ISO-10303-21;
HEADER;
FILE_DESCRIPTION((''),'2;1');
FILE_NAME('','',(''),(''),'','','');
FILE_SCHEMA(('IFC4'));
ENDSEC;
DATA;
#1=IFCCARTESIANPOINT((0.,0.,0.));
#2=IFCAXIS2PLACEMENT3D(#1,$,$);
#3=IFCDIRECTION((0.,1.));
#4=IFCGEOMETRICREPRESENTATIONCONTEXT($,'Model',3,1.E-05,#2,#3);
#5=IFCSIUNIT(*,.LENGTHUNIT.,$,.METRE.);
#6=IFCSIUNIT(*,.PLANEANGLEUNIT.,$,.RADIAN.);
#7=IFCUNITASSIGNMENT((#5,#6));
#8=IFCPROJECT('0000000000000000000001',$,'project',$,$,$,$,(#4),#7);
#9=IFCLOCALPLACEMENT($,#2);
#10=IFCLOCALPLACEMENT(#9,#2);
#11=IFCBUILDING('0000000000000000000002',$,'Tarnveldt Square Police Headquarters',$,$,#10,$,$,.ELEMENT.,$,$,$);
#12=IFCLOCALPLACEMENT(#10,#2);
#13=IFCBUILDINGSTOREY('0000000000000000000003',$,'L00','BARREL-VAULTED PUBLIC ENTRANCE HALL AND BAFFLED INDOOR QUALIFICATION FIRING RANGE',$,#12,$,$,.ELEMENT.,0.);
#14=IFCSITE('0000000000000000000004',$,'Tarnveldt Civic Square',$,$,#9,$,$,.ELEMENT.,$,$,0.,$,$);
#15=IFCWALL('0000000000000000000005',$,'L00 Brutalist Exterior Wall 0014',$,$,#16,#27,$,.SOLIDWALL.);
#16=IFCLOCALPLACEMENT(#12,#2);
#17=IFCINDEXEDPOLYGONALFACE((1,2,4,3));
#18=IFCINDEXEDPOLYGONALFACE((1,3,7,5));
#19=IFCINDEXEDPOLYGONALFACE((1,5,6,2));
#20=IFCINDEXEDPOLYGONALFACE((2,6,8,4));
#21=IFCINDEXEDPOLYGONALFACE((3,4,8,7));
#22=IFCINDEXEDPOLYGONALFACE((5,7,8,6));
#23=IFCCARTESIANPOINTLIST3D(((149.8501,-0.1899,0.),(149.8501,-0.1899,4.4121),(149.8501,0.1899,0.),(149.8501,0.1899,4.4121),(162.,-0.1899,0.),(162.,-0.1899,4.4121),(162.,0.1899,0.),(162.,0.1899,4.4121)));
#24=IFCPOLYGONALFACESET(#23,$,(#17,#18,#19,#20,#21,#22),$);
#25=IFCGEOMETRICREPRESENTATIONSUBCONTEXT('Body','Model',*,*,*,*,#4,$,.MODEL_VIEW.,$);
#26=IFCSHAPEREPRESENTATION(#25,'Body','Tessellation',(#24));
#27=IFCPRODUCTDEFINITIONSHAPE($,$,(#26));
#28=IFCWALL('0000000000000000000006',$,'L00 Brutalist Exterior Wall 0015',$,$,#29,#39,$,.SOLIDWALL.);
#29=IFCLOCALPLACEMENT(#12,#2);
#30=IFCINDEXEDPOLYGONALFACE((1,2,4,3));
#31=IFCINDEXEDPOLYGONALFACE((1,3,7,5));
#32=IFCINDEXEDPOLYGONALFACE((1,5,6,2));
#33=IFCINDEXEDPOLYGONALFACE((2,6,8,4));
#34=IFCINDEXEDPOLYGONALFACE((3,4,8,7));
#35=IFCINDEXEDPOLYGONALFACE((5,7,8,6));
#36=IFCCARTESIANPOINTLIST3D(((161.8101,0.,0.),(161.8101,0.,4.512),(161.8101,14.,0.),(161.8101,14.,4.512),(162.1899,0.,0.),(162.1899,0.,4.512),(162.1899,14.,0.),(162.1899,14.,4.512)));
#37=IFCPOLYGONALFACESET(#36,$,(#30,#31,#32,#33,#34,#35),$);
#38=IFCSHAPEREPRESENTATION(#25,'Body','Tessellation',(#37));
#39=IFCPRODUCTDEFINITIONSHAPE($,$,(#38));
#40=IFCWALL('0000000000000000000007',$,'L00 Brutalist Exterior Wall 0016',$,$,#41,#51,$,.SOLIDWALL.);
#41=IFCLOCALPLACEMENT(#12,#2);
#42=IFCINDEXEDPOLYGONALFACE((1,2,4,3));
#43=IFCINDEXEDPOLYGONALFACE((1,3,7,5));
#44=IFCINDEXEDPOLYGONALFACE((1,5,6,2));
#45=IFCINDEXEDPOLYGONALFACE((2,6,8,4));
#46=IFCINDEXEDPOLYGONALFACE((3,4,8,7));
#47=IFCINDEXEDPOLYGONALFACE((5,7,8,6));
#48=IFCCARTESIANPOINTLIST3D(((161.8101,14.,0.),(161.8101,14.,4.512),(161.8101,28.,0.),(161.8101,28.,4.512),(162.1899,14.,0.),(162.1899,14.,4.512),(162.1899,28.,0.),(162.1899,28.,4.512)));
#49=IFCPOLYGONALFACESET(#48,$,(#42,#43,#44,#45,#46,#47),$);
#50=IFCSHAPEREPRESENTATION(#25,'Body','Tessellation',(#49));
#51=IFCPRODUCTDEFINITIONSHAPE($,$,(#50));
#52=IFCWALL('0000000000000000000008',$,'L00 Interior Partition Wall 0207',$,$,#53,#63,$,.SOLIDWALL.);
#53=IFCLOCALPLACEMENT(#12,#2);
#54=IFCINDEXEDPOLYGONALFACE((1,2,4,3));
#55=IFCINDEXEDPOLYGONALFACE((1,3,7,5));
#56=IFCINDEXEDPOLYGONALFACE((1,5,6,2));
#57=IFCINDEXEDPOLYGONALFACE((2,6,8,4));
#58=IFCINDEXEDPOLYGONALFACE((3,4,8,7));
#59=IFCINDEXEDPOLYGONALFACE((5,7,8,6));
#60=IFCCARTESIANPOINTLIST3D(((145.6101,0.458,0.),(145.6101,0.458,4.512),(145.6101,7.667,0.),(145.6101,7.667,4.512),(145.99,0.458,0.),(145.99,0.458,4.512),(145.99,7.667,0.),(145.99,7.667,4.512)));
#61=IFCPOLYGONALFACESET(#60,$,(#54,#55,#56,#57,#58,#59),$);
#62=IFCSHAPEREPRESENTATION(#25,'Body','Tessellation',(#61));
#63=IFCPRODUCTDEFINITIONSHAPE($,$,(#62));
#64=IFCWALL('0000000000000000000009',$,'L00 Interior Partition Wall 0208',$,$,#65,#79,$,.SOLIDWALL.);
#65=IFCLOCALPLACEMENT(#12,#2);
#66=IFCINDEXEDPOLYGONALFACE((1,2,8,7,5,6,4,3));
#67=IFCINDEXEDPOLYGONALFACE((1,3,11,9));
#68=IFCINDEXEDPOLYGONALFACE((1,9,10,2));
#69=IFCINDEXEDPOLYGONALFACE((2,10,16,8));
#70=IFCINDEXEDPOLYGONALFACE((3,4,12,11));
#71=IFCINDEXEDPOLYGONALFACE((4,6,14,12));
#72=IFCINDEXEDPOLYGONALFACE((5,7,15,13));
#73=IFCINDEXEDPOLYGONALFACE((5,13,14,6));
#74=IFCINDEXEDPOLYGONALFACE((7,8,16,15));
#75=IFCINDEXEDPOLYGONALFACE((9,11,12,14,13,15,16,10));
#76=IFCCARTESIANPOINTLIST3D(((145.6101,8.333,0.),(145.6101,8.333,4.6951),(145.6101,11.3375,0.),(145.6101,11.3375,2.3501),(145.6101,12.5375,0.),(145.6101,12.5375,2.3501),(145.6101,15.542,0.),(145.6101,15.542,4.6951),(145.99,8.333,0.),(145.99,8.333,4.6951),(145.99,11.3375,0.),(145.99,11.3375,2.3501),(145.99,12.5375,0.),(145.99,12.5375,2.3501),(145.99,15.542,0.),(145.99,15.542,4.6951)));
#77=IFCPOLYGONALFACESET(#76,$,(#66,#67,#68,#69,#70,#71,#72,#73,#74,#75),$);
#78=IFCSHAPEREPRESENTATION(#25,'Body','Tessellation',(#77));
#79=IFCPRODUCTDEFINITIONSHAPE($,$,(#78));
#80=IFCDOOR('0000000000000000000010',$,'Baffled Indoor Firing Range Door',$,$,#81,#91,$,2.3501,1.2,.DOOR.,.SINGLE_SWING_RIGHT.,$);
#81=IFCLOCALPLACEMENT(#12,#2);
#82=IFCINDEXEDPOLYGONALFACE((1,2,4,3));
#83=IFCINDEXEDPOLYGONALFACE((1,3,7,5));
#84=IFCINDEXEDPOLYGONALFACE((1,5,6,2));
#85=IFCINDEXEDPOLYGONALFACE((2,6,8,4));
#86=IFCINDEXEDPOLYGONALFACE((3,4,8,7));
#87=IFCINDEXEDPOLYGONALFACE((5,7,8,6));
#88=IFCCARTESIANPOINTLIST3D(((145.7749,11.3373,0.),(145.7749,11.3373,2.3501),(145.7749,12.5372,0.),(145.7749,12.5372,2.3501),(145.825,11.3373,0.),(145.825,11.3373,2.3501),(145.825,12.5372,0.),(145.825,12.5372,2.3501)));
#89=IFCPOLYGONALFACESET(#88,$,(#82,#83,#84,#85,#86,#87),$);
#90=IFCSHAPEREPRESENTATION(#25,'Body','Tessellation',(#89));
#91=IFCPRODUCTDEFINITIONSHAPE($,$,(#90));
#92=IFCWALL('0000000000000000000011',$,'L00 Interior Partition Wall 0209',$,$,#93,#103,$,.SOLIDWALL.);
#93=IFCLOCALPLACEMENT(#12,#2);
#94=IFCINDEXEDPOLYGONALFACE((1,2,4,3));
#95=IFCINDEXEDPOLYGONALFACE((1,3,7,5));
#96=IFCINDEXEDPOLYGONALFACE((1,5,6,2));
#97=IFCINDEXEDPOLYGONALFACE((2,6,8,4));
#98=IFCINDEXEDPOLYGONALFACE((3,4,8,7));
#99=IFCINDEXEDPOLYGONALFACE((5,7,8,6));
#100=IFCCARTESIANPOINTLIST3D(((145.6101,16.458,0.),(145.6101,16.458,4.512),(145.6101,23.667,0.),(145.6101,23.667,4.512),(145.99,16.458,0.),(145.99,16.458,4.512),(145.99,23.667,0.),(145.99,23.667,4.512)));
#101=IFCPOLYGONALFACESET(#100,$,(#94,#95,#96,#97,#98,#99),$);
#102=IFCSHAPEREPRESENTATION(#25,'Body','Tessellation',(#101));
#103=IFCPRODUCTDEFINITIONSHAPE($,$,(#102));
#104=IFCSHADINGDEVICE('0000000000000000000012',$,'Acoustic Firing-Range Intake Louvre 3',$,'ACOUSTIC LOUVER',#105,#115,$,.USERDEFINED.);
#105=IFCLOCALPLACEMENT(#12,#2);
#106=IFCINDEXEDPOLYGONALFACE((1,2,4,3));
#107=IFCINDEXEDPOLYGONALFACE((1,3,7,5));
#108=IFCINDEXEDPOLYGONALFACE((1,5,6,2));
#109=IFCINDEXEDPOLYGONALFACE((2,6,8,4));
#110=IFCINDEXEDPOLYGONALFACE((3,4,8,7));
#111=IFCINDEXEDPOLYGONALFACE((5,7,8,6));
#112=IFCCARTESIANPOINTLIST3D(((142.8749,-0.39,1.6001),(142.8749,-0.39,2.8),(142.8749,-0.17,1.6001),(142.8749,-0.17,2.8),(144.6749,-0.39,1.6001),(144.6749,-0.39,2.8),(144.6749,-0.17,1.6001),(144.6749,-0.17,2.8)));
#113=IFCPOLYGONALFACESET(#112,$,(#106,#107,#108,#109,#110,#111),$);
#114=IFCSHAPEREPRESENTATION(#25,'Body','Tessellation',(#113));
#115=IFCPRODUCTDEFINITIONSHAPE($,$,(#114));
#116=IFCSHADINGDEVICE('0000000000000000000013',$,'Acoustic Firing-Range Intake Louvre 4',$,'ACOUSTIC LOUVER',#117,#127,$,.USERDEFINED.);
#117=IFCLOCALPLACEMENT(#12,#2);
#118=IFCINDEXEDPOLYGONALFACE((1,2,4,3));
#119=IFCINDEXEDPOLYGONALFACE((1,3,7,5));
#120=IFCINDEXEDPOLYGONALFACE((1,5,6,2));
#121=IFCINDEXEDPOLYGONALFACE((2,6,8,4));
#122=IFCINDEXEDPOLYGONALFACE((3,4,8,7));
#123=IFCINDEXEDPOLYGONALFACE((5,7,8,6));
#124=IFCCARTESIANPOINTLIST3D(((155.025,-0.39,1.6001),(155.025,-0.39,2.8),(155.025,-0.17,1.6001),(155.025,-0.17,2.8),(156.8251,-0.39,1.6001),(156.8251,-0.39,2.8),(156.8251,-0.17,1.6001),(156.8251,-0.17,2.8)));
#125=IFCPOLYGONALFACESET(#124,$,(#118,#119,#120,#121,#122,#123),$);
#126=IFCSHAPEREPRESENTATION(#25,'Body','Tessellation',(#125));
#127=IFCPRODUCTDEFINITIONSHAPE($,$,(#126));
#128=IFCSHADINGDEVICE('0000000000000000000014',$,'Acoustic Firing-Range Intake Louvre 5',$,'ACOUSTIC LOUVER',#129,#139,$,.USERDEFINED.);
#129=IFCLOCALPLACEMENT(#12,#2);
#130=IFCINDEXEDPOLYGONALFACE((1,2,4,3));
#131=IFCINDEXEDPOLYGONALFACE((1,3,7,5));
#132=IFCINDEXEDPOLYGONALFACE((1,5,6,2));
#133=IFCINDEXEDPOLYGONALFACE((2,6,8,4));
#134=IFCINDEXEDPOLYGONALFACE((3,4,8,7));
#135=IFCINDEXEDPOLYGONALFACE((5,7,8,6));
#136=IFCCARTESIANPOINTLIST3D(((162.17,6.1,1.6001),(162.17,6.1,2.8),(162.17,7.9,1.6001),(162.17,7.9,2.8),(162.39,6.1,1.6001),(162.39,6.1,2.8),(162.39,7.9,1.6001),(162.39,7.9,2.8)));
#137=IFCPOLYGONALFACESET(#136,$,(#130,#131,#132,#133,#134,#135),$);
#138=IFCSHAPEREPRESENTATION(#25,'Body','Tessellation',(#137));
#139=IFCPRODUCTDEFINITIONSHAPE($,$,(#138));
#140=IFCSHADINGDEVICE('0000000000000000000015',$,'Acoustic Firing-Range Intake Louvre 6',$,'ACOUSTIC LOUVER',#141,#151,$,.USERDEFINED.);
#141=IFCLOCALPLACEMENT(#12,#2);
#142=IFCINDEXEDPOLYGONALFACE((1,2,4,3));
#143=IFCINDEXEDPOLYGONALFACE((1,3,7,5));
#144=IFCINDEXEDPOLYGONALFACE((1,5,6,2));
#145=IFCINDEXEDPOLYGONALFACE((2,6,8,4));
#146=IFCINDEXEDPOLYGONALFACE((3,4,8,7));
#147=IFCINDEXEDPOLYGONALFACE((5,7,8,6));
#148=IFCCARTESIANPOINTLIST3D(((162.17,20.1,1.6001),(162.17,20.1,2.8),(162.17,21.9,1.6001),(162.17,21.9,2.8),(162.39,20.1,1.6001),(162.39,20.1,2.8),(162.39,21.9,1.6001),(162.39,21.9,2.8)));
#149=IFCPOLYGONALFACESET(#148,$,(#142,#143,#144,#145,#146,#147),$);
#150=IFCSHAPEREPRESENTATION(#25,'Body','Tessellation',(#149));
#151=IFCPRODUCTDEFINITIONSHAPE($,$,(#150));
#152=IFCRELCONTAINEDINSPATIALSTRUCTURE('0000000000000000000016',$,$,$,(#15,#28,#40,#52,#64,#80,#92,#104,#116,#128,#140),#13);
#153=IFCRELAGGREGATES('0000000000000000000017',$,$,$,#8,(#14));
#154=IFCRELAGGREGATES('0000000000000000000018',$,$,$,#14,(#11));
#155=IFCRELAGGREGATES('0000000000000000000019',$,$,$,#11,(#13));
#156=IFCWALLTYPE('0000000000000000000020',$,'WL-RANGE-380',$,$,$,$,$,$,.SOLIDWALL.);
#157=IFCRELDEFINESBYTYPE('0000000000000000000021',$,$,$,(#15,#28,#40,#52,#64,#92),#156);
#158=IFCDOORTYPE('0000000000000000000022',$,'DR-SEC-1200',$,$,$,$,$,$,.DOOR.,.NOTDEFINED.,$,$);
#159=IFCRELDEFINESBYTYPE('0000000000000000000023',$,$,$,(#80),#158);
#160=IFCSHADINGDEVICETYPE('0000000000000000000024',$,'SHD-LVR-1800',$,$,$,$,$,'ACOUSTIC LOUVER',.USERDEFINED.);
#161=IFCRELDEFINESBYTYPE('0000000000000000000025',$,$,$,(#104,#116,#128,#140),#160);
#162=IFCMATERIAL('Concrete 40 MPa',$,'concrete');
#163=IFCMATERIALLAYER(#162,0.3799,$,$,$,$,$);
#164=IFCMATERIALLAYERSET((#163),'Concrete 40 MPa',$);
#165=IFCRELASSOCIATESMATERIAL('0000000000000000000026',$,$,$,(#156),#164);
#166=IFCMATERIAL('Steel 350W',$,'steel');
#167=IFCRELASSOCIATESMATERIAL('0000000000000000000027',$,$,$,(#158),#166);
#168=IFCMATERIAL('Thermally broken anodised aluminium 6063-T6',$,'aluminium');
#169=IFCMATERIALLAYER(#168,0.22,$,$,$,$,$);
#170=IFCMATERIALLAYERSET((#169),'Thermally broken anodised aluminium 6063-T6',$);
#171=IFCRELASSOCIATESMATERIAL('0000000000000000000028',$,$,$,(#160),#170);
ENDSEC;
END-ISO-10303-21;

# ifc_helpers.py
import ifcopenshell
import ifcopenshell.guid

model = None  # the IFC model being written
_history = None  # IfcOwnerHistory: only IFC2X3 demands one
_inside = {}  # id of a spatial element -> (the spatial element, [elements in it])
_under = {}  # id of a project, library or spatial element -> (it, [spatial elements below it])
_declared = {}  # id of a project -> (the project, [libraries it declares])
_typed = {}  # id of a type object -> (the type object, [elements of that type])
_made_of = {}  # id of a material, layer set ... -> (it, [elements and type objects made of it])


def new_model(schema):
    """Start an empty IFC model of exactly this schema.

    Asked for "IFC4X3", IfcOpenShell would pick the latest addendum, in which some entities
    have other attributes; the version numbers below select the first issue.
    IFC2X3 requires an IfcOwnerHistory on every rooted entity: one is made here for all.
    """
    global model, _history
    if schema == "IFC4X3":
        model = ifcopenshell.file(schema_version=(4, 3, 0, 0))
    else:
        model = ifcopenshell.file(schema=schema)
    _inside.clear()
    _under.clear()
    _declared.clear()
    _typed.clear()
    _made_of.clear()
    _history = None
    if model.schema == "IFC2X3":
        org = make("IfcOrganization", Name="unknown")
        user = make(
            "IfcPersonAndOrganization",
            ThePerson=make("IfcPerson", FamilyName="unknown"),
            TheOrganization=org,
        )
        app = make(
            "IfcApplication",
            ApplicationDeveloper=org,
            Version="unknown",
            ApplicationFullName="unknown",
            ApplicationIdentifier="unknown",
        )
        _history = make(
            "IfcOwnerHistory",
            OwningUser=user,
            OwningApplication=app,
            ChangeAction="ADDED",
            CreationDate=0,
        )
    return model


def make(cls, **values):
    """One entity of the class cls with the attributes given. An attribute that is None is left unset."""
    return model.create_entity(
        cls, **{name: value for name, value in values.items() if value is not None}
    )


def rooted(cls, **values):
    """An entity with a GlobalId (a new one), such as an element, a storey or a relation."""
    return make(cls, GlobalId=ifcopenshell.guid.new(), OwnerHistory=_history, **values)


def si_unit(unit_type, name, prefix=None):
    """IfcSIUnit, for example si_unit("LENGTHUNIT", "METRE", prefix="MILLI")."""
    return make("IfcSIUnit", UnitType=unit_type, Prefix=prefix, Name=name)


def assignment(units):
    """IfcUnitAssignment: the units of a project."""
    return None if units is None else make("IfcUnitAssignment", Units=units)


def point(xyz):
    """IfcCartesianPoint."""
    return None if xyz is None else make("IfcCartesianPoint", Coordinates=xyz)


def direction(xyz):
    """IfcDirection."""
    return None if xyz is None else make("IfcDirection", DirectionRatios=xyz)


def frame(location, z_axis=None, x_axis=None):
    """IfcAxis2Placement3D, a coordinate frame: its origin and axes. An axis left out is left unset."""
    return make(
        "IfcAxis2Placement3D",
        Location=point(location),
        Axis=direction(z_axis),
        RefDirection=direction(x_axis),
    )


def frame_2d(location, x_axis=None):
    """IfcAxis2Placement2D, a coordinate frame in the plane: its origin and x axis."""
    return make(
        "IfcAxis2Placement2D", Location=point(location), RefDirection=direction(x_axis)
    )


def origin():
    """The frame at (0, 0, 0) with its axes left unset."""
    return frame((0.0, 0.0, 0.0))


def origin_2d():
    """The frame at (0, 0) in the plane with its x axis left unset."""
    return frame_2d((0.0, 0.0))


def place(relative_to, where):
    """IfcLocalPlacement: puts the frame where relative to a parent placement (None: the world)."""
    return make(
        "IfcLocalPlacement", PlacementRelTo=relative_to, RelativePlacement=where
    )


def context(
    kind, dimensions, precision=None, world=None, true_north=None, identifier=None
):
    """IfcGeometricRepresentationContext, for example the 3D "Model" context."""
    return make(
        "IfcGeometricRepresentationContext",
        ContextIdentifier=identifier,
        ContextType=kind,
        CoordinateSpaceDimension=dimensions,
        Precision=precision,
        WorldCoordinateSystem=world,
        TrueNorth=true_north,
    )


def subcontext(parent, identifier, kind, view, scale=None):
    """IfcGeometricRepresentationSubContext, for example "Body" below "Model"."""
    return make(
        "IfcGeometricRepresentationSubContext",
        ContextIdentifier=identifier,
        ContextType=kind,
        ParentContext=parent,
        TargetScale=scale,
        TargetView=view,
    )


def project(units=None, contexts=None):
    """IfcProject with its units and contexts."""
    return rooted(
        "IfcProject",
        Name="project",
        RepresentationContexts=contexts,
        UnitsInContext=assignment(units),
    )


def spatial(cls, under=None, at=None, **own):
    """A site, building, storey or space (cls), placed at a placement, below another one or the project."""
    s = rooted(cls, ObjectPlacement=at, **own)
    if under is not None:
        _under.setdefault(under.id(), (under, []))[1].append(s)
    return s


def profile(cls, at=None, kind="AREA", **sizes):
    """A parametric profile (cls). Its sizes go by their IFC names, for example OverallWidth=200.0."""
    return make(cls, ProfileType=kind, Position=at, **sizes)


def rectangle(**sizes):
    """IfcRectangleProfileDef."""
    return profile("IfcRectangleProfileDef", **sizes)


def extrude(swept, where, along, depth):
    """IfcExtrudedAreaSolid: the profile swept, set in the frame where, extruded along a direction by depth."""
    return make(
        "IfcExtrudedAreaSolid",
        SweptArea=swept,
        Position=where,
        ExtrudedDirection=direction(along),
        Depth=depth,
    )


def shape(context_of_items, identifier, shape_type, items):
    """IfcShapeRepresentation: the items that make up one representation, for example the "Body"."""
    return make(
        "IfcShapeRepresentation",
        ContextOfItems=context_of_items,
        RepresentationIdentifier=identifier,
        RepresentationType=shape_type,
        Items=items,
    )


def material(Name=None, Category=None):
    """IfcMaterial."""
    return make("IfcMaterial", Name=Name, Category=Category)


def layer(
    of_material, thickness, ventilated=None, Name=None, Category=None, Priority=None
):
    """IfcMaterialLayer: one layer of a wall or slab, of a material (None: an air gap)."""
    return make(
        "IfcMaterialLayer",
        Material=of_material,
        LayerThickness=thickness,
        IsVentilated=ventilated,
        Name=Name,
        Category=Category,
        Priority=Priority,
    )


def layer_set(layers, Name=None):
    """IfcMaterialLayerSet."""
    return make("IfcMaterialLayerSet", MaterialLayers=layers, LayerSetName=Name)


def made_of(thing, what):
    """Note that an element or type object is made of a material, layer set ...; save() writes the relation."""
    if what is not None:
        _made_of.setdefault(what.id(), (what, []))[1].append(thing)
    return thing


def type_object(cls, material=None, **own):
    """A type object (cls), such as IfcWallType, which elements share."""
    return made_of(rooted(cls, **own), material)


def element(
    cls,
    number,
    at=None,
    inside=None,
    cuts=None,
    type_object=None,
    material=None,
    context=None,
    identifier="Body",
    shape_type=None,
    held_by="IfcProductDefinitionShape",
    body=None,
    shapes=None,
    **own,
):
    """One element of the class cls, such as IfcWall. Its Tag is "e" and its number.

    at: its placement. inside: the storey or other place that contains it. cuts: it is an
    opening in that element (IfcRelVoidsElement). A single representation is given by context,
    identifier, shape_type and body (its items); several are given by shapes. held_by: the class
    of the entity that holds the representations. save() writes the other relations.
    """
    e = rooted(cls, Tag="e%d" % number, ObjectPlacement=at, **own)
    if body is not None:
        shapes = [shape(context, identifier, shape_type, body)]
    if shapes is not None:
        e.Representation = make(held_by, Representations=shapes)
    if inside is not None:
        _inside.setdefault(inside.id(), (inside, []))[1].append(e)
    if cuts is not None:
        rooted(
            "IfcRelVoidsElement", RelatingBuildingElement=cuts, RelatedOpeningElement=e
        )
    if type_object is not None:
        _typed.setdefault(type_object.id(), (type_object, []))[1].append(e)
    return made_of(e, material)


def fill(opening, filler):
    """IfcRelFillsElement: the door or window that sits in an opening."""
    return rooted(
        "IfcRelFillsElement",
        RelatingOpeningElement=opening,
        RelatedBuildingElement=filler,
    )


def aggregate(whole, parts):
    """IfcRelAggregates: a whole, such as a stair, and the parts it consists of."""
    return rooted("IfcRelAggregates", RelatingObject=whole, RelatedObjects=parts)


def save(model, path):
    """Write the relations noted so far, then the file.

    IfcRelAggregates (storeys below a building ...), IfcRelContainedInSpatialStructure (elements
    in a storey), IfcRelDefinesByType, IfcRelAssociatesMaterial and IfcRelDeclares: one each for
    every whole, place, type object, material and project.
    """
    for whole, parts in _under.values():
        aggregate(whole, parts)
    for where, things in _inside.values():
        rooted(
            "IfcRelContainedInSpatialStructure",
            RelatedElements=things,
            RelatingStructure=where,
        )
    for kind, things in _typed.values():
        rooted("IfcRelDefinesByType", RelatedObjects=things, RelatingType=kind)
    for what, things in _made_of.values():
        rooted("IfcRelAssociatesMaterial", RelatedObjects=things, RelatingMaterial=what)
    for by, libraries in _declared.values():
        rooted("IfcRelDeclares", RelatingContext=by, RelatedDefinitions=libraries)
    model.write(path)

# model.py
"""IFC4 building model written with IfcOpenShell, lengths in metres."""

from ifc_helpers import new_model, si_unit, direction, frame, frame_2d, origin, origin_2d, place, context, subcontext, project, spatial, rectangle, extrude, material, layer, layer_set, type_object, element, fill, save


model = new_model("IFC4")

# Units and contexts
model_context = context("Model", 3, precision=1e-05, world=origin(), true_north=direction((0.0, 1.0)))
body_context = subcontext(model_context, "Body", "Model", "MODEL_VIEW")
ifc_project = project(units=[si_unit("LENGTHUNIT", "METRE"), si_unit("PLANEANGLEUNIT", "RADIAN")], contexts=[model_context])

# Site, building, storey
site_placement = place(None, origin())
site = spatial("IfcSite", under=ifc_project, at=site_placement, Name="Tarnveldt Civic Square", CompositionType="ELEMENT", RefElevation=0.0)
building_placement = place(site_placement, origin())
building = spatial("IfcBuilding", under=site, at=building_placement, Name="Tarnveldt Square Police Headquarters", CompositionType="ELEMENT")
storey_placement = place(building_placement, origin())
storey = spatial("IfcBuildingStorey", under=building, at=storey_placement, Name="L00", Description="BARREL-VAULTED PUBLIC ENTRANCE HALL AND BAFFLED INDOOR QUALIFICATION FIRING RANGE", CompositionType="ELEMENT", Elevation=0.0)

# Shared definitions
ifc_material_1 = material(Name="Concrete 40 MPa", Category="concrete")
ifc_material_2 = material(Name="Steel 350W", Category="steel")

# Walls
ifc_layer_1 = layer(ifc_material_1, 0.3799)
ifc_layer_set_1 = layer_set([ifc_layer_1], Name="Concrete 40 MPa")
wall_type = type_object("IfcWallType", Name="WL-RANGE-380", PredefinedType="SOLIDWALL", material=ifc_layer_set_1)
wall_1_placement = place(storey_placement, frame((149.8501, 0.0, 0.0), z_axis=(0.0, 0.0, 1.0), x_axis=(1.0, 0.0, 0.0)))
element("IfcWall", 1, at=wall_1_placement, inside=storey, type_object=wall_type, Name="L00 Brutalist Exterior Wall 0014", PredefinedType="SOLIDWALL", context=body_context, shape_type="SweptSolid", body=[
    extrude(rectangle(XDim=12.1499, YDim=0.3799, at=frame_2d((6.075, 0.0))), origin(), (0.0, 0.0, 1.0), 4.4121),
])
for number, where, z_axis, x_axis, name in (
    (2, (162.0, 0.0, 0.0), (0.0, 0.0, 1.0), (0.0, 1.0, 0.0), "L00 Brutalist Exterior Wall 0015"),
    (3, (162.0, 14.0, 0.0), (0.0, 0.0, 1.0), (0.0, 1.0, 0.0), "L00 Brutalist Exterior Wall 0016"),
):
    element("IfcWall", number, at=place(storey_placement, frame(where, z_axis=z_axis, x_axis=x_axis)), inside=storey, type_object=wall_type, Name=name, PredefinedType="SOLIDWALL", context=body_context, shape_type="SweptSolid", body=[
        extrude(rectangle(XDim=14.0, YDim=0.3799, at=frame_2d((7.0, 0.0))), origin(), (0.0, 0.0, 1.0), 4.512),
    ])
wall_2_placement = place(storey_placement, frame((145.8, 0.458, 0.0), z_axis=(0.0, 0.0, 1.0), x_axis=(0.0, 1.0, 0.0)))
element("IfcWall", 4, at=wall_2_placement, inside=storey, type_object=wall_type, Name="L00 Interior Partition Wall 0207", PredefinedType="SOLIDWALL", context=body_context, shape_type="SweptSolid", body=[
    extrude(rectangle(XDim=7.209, YDim=0.3799, at=frame_2d((3.6045, 0.0))), origin(), (0.0, 0.0, 1.0), 4.512),
])

# Wall, opening, door
wall_3_placement = place(storey_placement, frame((145.8, 8.333, 0.0), z_axis=(0.0, 0.0, 1.0), x_axis=(0.0, 1.0, 0.0)))
wall_3 = element("IfcWall", 5, at=wall_3_placement, inside=storey, type_object=wall_type, Name="L00 Interior Partition Wall 0208", PredefinedType="SOLIDWALL", context=body_context, shape_type="SweptSolid", body=[
    extrude(rectangle(XDim=7.209, YDim=0.3799, at=frame_2d((3.6045, 0.0))), origin(), (0.0, 0.0, 1.0), 4.6951),
])
opening_placement = place(wall_3_placement, frame((3.0044, 0.0, 0.0)))
opening = element("IfcOpeningElement", 6, at=opening_placement, cuts=wall_3, PredefinedType="OPENING", context=body_context, shape_type="SweptSolid", body=[
    extrude(rectangle(XDim=1.2, YDim=2.3501, at=frame_2d((0.6001, 1.175))), frame((0.0, 0.2, 0.0), z_axis=(0.0, -1.0, 0.0), x_axis=(1.0, 0.0, 0.0)), (0.0, 0.0, 1.0), 0.3999),
])
door_type = type_object("IfcDoorType", Name="DR-SEC-1200", OperationType="NOTDEFINED", PredefinedType="DOOR", material=ifc_material_2)
door_placement = place(opening_placement, frame((1.2, 0.0, 0.0), z_axis=(0.0, 0.0, 1.0), x_axis=(-1.0, 0.0, 0.0)))
door = element("IfcDoor", 7, at=door_placement, inside=storey, type_object=door_type, Name="Baffled Indoor Firing Range Door", OperationType="SINGLE_SWING_RIGHT", OverallHeight=2.3501, OverallWidth=1.2, PredefinedType="DOOR", context=body_context, shape_type="SweptSolid", body=[
    extrude(rectangle(XDim=1.2, YDim=2.3501, at=frame_2d((0.6001, 1.175))), frame((0.0, 0.0249, 0.0), z_axis=(0.0, -1.0, 0.0), x_axis=(1.0, 0.0, 0.0)), (0.0, 0.0, 1.0), 0.05),
])
fill(opening, door)

# Wall
wall_4_placement = place(storey_placement, frame((145.8, 16.458, 0.0), z_axis=(0.0, 0.0, 1.0), x_axis=(0.0, 1.0, 0.0)))
element("IfcWall", 8, at=wall_4_placement, inside=storey, type_object=wall_type, Name="L00 Interior Partition Wall 0209", PredefinedType="SOLIDWALL", context=body_context, shape_type="SweptSolid", body=[
    extrude(rectangle(XDim=7.209, YDim=0.3799, at=frame_2d((3.6045, 0.0))), origin(), (0.0, 0.0, 1.0), 4.512),
])

# Shading devices
ifc_material_3 = material(Name="Thermally broken anodised aluminium 6063-T6", Category="aluminium")
ifc_layer_2 = layer(ifc_material_3, 0.22)
ifc_layer_set_2 = layer_set([ifc_layer_2], Name="Thermally broken anodised aluminium 6063-T6")
shading_device_type = type_object("IfcShadingDeviceType", Name="SHD-LVR-1800", ElementType="ACOUSTIC LOUVER", PredefinedType="USERDEFINED", material=ifc_layer_set_2)
for number, where, z_axis, x_axis, name in (
    (9, (143.7749, -0.28, 1.6001), (0.0, 0.0, 1.0), (1.0, 0.0, 0.0), "Acoustic Firing-Range Intake Louvre 3"),
    (10, (155.925, -0.28, 1.6001), (0.0, 0.0, 1.0), (1.0, 0.0, 0.0), "Acoustic Firing-Range Intake Louvre 4"),
    (11, (162.28, 7.0, 1.6001), (0.0, 0.0, 1.0), (0.0, 1.0, 0.0), "Acoustic Firing-Range Intake Louvre 5"),
    (12, (162.28, 21.0, 1.6001), (0.0, 0.0, 1.0), (0.0, 1.0, 0.0), "Acoustic Firing-Range Intake Louvre 6"),
):
    element("IfcShadingDevice", number, at=place(storey_placement, frame(where, z_axis=z_axis, x_axis=x_axis)), inside=storey, type_object=shading_device_type, Name=name, ObjectType="ACOUSTIC LOUVER", PredefinedType="USERDEFINED", context=body_context, shape_type="SweptSolid", body=[
        extrude(rectangle(XDim=1.8, YDim=0.22, at=origin_2d()), origin(), (0.0, 0.0, 1.0), 1.2),
    ])

save(model, "model.ifc")
